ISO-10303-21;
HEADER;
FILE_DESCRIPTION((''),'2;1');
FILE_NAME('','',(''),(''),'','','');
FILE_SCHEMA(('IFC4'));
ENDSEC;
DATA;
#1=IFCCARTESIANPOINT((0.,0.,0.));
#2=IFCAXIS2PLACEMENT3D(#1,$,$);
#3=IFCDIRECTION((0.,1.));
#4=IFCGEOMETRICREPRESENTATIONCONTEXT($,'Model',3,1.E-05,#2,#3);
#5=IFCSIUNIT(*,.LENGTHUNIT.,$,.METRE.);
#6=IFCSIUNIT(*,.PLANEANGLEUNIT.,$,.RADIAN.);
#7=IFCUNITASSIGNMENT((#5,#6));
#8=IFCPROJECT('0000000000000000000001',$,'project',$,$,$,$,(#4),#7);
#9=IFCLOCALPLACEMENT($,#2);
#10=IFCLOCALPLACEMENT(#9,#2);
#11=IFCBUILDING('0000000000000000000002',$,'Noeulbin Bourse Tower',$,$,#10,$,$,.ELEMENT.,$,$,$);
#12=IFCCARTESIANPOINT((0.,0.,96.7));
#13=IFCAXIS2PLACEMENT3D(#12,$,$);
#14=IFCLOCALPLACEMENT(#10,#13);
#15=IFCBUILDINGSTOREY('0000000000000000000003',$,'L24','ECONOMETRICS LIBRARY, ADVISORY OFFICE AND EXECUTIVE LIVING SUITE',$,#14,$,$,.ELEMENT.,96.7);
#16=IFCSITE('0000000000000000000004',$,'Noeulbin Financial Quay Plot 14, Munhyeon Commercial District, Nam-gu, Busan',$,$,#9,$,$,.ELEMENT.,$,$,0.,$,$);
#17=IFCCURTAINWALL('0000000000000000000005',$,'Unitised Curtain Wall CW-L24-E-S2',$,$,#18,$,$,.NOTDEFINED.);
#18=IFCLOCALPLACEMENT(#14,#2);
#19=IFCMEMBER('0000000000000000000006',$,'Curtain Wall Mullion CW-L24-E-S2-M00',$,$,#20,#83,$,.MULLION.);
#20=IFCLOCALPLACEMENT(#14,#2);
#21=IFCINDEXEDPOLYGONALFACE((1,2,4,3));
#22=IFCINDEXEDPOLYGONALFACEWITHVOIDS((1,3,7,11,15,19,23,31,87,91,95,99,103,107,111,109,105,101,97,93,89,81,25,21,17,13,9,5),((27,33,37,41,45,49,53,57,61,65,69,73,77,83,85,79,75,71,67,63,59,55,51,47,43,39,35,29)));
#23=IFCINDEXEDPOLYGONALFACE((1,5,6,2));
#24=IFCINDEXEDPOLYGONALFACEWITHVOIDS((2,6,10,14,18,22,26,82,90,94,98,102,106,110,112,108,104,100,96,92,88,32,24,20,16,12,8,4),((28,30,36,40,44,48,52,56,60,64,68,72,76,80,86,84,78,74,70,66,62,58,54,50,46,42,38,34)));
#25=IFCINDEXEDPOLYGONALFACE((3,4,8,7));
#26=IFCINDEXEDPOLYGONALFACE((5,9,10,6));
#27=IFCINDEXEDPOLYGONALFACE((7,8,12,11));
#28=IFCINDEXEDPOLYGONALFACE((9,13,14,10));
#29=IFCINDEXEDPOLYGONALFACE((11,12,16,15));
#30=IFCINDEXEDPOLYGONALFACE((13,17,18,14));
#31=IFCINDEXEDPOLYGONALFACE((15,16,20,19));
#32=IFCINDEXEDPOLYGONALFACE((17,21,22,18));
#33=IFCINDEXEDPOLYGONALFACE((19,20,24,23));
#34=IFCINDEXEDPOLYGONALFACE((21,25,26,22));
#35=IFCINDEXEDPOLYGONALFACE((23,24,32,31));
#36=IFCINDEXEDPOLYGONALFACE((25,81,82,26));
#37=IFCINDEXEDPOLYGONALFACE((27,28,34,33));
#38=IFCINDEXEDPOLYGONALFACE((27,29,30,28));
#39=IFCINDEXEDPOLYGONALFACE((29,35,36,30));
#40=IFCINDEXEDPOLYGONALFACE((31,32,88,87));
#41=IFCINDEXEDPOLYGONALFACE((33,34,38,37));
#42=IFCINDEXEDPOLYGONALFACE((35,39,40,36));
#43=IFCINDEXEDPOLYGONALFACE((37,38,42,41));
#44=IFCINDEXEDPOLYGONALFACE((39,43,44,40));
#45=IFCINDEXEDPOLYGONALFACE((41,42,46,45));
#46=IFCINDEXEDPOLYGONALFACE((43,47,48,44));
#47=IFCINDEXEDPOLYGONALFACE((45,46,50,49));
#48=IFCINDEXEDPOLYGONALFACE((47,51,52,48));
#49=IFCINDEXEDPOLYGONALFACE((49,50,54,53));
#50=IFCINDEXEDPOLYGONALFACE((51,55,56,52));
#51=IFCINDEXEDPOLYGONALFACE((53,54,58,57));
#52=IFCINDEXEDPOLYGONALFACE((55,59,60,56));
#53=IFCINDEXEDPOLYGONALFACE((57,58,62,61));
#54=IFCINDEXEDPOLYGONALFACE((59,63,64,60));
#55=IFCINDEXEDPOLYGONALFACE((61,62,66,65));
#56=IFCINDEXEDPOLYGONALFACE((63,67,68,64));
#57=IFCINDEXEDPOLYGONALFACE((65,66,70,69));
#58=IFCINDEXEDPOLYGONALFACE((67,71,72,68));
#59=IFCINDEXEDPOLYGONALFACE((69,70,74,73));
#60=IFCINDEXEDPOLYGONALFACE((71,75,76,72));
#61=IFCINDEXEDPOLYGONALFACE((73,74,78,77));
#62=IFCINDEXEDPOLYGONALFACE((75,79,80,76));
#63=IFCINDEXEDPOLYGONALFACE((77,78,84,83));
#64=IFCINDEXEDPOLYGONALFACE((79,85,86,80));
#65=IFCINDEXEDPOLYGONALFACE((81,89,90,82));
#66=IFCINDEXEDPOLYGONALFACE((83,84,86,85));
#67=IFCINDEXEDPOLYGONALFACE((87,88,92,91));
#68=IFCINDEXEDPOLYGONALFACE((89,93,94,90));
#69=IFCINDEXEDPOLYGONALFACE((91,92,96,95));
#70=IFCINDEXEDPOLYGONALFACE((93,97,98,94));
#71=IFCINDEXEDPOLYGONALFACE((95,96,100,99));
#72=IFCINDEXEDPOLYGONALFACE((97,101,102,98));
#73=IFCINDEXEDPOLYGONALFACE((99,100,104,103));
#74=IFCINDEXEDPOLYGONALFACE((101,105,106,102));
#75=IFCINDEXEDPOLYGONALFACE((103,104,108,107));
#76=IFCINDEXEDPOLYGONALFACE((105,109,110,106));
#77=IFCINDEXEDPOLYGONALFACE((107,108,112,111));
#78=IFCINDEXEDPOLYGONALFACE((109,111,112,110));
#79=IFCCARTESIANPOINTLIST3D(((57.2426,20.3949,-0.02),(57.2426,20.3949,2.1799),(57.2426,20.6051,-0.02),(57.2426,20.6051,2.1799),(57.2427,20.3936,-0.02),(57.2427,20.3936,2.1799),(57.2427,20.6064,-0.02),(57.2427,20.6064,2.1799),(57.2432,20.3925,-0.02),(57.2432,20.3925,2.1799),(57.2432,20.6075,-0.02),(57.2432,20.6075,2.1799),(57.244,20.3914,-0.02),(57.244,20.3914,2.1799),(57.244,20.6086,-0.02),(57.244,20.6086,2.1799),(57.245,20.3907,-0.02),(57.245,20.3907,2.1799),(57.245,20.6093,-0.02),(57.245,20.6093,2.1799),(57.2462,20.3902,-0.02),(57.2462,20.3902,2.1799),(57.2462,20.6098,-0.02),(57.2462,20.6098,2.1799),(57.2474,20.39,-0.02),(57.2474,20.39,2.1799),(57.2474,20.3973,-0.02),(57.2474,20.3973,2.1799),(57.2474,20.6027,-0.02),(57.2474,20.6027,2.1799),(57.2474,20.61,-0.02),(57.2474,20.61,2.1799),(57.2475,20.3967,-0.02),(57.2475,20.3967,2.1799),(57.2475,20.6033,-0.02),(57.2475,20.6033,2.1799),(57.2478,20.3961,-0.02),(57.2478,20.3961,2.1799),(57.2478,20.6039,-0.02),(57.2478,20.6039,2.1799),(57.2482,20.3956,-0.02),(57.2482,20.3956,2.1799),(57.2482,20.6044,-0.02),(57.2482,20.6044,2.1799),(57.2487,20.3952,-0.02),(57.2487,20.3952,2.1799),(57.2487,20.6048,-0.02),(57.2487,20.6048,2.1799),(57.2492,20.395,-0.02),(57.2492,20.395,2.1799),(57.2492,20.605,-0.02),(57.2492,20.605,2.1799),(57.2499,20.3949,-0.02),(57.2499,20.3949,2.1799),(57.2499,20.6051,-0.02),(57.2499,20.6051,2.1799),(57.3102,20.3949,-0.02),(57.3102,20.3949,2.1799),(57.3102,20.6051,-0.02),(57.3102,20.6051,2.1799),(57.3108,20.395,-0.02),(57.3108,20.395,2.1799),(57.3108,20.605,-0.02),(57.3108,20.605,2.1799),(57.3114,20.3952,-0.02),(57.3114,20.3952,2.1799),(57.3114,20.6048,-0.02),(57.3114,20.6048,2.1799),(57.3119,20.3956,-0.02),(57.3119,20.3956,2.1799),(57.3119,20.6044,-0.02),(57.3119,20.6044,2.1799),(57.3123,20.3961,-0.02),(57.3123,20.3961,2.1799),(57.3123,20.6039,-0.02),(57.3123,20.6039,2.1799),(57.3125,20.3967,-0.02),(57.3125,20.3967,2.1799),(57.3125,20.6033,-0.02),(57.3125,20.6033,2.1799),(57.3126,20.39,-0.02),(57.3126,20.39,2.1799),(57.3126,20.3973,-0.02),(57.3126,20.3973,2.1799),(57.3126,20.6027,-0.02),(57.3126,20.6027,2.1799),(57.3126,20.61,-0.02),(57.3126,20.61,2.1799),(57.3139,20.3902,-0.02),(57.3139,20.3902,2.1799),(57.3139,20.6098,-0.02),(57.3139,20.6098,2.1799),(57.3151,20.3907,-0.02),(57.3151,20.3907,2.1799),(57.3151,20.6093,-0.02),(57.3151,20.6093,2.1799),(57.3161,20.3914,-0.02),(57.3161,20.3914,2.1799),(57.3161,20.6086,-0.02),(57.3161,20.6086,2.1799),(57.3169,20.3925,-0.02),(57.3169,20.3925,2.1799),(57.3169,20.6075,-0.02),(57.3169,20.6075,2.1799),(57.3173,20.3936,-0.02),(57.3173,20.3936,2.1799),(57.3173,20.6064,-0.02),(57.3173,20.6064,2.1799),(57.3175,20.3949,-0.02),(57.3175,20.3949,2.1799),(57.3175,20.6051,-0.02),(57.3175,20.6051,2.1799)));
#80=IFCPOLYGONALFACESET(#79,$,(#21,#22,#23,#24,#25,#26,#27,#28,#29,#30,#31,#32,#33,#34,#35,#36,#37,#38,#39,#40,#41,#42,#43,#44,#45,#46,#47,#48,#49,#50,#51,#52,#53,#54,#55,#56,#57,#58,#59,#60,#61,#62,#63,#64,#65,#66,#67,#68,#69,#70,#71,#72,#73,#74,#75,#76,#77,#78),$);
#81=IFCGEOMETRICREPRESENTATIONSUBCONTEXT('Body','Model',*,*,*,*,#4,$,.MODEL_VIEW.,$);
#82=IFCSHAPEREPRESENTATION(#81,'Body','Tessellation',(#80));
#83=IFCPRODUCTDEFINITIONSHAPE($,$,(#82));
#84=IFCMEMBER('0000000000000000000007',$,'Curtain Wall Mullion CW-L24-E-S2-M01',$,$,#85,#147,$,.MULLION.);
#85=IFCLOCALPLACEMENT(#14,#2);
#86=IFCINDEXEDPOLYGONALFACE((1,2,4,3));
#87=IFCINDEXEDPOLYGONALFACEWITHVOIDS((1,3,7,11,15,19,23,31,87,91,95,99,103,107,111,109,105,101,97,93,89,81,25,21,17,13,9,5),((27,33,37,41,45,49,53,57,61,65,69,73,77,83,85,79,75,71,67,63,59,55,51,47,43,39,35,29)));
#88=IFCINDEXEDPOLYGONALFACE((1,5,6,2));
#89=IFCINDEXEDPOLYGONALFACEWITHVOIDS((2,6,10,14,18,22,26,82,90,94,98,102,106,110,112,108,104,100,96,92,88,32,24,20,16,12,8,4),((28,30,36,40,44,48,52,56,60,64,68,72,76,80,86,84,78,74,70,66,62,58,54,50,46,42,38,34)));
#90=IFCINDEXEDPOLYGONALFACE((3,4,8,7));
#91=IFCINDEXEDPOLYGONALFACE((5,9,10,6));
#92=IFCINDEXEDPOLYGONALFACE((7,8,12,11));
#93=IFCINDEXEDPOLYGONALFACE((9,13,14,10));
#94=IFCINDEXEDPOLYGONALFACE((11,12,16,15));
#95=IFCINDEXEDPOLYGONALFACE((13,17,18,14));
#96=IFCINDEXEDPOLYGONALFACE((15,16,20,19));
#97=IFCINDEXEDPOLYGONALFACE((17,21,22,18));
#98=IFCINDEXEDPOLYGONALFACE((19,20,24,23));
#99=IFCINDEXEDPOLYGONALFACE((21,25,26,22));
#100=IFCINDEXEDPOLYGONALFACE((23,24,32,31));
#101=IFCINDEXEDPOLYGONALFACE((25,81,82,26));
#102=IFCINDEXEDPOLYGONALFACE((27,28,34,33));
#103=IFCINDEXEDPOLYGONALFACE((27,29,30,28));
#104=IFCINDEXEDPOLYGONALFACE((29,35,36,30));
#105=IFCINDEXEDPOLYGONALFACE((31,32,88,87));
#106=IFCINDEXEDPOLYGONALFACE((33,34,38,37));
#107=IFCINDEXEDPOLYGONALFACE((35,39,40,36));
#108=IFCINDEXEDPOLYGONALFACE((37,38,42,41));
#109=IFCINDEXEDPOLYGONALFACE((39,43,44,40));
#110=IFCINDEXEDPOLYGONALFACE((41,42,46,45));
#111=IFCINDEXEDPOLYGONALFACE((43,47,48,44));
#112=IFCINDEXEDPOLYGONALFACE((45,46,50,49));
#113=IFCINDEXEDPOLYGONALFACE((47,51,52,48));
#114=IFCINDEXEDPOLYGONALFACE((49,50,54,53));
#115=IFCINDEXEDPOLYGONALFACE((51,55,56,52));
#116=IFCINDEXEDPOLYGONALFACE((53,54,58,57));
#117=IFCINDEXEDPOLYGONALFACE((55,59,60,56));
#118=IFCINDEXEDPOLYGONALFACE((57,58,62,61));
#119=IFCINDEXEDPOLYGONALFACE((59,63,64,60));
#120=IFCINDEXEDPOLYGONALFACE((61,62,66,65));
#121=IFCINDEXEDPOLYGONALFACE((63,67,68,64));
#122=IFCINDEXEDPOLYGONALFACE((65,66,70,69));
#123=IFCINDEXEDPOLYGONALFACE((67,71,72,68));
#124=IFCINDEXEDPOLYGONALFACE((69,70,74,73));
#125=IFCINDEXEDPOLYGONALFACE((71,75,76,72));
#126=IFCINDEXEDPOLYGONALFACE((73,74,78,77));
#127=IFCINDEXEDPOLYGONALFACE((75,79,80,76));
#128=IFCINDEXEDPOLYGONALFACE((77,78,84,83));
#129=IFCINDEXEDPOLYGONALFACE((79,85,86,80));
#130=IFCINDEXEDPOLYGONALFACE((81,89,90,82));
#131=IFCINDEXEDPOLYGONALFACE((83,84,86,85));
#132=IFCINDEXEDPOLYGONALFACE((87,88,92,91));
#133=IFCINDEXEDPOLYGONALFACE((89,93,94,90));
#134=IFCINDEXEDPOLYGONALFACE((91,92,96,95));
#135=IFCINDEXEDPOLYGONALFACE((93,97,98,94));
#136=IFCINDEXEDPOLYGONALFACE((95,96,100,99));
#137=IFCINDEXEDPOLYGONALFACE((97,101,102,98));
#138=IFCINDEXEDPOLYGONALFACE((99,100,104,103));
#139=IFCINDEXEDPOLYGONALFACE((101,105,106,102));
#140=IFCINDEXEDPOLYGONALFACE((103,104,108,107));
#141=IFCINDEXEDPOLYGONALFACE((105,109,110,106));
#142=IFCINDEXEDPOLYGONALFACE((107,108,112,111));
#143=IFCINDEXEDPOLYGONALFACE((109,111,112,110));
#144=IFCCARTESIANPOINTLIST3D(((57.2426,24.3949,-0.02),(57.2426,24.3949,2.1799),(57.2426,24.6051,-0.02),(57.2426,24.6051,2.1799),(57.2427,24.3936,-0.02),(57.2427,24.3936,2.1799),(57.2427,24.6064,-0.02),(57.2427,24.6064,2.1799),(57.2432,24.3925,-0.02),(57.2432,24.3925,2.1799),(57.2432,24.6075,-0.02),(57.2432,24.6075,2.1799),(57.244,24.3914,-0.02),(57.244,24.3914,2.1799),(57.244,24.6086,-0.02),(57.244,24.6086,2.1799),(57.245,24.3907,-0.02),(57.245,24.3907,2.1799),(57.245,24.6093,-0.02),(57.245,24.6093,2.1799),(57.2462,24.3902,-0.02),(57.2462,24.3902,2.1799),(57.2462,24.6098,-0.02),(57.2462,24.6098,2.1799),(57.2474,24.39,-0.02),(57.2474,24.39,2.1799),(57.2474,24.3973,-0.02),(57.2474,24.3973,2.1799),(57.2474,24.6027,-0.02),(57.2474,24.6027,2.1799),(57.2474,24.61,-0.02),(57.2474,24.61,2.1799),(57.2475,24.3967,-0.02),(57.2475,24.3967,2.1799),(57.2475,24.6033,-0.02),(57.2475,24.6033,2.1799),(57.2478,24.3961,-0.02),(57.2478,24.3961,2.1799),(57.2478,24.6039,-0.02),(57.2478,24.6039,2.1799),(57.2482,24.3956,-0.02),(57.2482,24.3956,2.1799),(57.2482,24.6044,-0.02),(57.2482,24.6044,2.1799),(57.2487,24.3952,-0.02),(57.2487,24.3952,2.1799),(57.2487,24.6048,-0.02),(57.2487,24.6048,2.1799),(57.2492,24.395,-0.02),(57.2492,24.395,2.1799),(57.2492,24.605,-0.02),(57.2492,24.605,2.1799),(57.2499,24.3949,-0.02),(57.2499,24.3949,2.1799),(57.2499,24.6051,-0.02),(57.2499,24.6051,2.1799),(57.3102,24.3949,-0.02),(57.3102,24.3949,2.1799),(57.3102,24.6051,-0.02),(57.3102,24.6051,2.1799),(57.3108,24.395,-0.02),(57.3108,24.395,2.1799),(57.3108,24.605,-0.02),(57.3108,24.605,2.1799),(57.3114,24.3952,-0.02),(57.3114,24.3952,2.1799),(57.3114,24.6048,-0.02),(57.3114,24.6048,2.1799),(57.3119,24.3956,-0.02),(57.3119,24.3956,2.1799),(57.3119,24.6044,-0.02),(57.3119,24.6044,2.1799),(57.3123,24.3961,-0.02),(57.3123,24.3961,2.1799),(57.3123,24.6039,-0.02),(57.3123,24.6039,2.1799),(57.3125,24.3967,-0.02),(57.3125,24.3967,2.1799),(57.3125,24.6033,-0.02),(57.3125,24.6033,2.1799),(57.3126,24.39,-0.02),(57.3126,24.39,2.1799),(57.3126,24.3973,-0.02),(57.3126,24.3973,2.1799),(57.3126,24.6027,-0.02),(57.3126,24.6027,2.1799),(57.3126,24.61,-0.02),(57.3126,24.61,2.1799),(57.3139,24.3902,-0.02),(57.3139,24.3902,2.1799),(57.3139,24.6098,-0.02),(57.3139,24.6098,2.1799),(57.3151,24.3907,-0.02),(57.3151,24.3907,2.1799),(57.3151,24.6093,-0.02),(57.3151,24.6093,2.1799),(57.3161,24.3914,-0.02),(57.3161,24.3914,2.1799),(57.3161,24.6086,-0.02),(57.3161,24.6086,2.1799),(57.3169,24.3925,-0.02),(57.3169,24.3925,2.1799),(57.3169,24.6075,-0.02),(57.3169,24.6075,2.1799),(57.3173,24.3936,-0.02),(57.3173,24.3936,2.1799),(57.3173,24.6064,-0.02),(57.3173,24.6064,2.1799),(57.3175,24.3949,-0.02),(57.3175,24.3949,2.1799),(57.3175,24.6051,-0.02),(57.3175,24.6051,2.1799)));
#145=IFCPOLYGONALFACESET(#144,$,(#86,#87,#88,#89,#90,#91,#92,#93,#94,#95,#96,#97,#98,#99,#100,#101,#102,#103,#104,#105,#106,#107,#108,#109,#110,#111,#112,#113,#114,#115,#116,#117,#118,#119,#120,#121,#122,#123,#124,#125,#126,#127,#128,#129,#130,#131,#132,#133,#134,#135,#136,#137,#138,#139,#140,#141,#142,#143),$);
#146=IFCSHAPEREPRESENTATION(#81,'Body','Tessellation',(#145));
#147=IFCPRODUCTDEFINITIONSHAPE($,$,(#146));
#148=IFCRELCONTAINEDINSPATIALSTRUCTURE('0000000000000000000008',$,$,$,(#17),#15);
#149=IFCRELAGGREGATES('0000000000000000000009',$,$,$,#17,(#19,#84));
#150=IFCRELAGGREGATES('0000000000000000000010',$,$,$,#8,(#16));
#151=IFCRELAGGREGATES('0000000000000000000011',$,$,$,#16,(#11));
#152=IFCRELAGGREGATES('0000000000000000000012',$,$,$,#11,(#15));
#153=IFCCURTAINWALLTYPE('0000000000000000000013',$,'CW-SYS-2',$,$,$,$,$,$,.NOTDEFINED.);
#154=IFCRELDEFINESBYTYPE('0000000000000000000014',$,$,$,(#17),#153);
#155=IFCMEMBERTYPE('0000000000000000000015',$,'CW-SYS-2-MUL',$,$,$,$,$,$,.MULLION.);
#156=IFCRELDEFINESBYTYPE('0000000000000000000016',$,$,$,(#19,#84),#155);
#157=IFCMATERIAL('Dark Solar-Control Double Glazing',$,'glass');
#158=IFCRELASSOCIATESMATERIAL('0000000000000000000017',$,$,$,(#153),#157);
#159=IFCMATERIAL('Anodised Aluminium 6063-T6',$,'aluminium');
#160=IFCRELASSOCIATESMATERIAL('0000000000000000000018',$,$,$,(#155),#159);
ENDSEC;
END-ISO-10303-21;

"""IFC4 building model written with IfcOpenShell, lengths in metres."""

from ifc_helpers import new_model, si_unit, direction, frame, origin, origin_2d, place, context, subcontext, project, spatial, hollow_rectangle, extrude, material, material_profile, profile_set, type_object, element, aggregate, save


model = new_model("IFC4")

# Units and contexts
model_context = context("Model", 3, precision=1e-05, world=origin(), true_north=direction((0.0, 1.0)))
body_context = subcontext(model_context, "Body", "Model", "MODEL_VIEW")
ifc_project = project(units=[si_unit("LENGTHUNIT", "METRE"), si_unit("PLANEANGLEUNIT", "RADIAN")], contexts=[model_context])

# Site, building, storey
site_placement = place(None, origin())
site = spatial("IfcSite", under=ifc_project, at=site_placement, Name="Noeulbin Financial Quay Plot 14, Munhyeon Commercial District, Nam-gu, Busan", CompositionType="ELEMENT", RefElevation=0.0)
building_placement = place(site_placement, origin())
building = spatial("IfcBuilding", under=site, at=building_placement, Name="Noeulbin Bourse Tower", CompositionType="ELEMENT")
storey_placement = place(building_placement, frame((0.0, 0.0, 96.7)))
storey = spatial("IfcBuildingStorey", under=building, at=storey_placement, Name="L24", Description="ECONOMETRICS LIBRARY, ADVISORY OFFICE AND EXECUTIVE LIVING SUITE", CompositionType="ELEMENT", Elevation=96.7)

# Curtain wall, members
ifc_material_1 = material(Name="Dark Solar-Control Double Glazing", Category="glass")
curtain_wall_type = type_object("IfcCurtainWallType", Name="CW-SYS-2", PredefinedType="NOTDEFINED", material=ifc_material_1)
ifc_material_2 = material(Name="Anodised Aluminium 6063-T6", Category="aluminium")
ifc_material_profile_1 = material_profile(ifc_material_2, hollow_rectangle(XDim=0.075, YDim=0.22, WallThickness=0.0049, InnerFilletRadius=0.0024, OuterFilletRadius=0.0049, at=origin_2d()), Name="ALU-MULL-75x220x5", Category="LoadBearing")
ifc_profile_set_1 = profile_set([ifc_material_profile_1], Name="Anodised Aluminium 6063-T6")
member_type_1 = type_object("IfcMemberType", Name="CW-SYS-2-MUL", PredefinedType="MULLION", material=ifc_profile_set_1)
curtain_wall_1_placement = place(storey_placement, origin())
curtain_wall_1 = element("IfcCurtainWall", 1, at=curtain_wall_1_placement, inside=storey, type_object=curtain_wall_type, Name="Unitised Curtain Wall CW-L24-E-S2", PredefinedType="NOTDEFINED")
member_1_placement = place(storey_placement, frame((57.28, 20.5, -0.02), z_axis=(0.0, 0.0, 1.0), x_axis=(1.0, 0.0, 0.0)))
member_1 = element("IfcMember", 2, at=member_1_placement, type_object=member_type_1, Name="Curtain Wall Mullion CW-L24-E-S2-M00", PredefinedType="MULLION", context=body_context, shape_type="SweptSolid", body=[
    extrude(hollow_rectangle(XDim=0.075, YDim=0.22, WallThickness=0.0049, InnerFilletRadius=0.0024, OuterFilletRadius=0.0049, at=origin_2d()), origin(), (0.0, 0.0, 1.0), 2.2),
])
member_2_placement = place(storey_placement, frame((57.28, 24.5, -0.02), z_axis=(0.0, 0.0, 1.0), x_axis=(1.0, 0.0, 0.0)))
member_2 = element("IfcMember", 3, at=member_2_placement, type_object=member_type_1, Name="Curtain Wall Mullion CW-L24-E-S2-M01", PredefinedType="MULLION", context=body_context, shape_type="SweptSolid", body=[
    extrude(hollow_rectangle(XDim=0.075, YDim=0.22, WallThickness=0.0049, InnerFilletRadius=0.0024, OuterFilletRadius=0.0049, at=origin_2d()), origin(), (0.0, 0.0, 1.0), 2.2),
])

aggregate(curtain_wall_1, [member_1, member_2])

save(model, "model.ifc")
